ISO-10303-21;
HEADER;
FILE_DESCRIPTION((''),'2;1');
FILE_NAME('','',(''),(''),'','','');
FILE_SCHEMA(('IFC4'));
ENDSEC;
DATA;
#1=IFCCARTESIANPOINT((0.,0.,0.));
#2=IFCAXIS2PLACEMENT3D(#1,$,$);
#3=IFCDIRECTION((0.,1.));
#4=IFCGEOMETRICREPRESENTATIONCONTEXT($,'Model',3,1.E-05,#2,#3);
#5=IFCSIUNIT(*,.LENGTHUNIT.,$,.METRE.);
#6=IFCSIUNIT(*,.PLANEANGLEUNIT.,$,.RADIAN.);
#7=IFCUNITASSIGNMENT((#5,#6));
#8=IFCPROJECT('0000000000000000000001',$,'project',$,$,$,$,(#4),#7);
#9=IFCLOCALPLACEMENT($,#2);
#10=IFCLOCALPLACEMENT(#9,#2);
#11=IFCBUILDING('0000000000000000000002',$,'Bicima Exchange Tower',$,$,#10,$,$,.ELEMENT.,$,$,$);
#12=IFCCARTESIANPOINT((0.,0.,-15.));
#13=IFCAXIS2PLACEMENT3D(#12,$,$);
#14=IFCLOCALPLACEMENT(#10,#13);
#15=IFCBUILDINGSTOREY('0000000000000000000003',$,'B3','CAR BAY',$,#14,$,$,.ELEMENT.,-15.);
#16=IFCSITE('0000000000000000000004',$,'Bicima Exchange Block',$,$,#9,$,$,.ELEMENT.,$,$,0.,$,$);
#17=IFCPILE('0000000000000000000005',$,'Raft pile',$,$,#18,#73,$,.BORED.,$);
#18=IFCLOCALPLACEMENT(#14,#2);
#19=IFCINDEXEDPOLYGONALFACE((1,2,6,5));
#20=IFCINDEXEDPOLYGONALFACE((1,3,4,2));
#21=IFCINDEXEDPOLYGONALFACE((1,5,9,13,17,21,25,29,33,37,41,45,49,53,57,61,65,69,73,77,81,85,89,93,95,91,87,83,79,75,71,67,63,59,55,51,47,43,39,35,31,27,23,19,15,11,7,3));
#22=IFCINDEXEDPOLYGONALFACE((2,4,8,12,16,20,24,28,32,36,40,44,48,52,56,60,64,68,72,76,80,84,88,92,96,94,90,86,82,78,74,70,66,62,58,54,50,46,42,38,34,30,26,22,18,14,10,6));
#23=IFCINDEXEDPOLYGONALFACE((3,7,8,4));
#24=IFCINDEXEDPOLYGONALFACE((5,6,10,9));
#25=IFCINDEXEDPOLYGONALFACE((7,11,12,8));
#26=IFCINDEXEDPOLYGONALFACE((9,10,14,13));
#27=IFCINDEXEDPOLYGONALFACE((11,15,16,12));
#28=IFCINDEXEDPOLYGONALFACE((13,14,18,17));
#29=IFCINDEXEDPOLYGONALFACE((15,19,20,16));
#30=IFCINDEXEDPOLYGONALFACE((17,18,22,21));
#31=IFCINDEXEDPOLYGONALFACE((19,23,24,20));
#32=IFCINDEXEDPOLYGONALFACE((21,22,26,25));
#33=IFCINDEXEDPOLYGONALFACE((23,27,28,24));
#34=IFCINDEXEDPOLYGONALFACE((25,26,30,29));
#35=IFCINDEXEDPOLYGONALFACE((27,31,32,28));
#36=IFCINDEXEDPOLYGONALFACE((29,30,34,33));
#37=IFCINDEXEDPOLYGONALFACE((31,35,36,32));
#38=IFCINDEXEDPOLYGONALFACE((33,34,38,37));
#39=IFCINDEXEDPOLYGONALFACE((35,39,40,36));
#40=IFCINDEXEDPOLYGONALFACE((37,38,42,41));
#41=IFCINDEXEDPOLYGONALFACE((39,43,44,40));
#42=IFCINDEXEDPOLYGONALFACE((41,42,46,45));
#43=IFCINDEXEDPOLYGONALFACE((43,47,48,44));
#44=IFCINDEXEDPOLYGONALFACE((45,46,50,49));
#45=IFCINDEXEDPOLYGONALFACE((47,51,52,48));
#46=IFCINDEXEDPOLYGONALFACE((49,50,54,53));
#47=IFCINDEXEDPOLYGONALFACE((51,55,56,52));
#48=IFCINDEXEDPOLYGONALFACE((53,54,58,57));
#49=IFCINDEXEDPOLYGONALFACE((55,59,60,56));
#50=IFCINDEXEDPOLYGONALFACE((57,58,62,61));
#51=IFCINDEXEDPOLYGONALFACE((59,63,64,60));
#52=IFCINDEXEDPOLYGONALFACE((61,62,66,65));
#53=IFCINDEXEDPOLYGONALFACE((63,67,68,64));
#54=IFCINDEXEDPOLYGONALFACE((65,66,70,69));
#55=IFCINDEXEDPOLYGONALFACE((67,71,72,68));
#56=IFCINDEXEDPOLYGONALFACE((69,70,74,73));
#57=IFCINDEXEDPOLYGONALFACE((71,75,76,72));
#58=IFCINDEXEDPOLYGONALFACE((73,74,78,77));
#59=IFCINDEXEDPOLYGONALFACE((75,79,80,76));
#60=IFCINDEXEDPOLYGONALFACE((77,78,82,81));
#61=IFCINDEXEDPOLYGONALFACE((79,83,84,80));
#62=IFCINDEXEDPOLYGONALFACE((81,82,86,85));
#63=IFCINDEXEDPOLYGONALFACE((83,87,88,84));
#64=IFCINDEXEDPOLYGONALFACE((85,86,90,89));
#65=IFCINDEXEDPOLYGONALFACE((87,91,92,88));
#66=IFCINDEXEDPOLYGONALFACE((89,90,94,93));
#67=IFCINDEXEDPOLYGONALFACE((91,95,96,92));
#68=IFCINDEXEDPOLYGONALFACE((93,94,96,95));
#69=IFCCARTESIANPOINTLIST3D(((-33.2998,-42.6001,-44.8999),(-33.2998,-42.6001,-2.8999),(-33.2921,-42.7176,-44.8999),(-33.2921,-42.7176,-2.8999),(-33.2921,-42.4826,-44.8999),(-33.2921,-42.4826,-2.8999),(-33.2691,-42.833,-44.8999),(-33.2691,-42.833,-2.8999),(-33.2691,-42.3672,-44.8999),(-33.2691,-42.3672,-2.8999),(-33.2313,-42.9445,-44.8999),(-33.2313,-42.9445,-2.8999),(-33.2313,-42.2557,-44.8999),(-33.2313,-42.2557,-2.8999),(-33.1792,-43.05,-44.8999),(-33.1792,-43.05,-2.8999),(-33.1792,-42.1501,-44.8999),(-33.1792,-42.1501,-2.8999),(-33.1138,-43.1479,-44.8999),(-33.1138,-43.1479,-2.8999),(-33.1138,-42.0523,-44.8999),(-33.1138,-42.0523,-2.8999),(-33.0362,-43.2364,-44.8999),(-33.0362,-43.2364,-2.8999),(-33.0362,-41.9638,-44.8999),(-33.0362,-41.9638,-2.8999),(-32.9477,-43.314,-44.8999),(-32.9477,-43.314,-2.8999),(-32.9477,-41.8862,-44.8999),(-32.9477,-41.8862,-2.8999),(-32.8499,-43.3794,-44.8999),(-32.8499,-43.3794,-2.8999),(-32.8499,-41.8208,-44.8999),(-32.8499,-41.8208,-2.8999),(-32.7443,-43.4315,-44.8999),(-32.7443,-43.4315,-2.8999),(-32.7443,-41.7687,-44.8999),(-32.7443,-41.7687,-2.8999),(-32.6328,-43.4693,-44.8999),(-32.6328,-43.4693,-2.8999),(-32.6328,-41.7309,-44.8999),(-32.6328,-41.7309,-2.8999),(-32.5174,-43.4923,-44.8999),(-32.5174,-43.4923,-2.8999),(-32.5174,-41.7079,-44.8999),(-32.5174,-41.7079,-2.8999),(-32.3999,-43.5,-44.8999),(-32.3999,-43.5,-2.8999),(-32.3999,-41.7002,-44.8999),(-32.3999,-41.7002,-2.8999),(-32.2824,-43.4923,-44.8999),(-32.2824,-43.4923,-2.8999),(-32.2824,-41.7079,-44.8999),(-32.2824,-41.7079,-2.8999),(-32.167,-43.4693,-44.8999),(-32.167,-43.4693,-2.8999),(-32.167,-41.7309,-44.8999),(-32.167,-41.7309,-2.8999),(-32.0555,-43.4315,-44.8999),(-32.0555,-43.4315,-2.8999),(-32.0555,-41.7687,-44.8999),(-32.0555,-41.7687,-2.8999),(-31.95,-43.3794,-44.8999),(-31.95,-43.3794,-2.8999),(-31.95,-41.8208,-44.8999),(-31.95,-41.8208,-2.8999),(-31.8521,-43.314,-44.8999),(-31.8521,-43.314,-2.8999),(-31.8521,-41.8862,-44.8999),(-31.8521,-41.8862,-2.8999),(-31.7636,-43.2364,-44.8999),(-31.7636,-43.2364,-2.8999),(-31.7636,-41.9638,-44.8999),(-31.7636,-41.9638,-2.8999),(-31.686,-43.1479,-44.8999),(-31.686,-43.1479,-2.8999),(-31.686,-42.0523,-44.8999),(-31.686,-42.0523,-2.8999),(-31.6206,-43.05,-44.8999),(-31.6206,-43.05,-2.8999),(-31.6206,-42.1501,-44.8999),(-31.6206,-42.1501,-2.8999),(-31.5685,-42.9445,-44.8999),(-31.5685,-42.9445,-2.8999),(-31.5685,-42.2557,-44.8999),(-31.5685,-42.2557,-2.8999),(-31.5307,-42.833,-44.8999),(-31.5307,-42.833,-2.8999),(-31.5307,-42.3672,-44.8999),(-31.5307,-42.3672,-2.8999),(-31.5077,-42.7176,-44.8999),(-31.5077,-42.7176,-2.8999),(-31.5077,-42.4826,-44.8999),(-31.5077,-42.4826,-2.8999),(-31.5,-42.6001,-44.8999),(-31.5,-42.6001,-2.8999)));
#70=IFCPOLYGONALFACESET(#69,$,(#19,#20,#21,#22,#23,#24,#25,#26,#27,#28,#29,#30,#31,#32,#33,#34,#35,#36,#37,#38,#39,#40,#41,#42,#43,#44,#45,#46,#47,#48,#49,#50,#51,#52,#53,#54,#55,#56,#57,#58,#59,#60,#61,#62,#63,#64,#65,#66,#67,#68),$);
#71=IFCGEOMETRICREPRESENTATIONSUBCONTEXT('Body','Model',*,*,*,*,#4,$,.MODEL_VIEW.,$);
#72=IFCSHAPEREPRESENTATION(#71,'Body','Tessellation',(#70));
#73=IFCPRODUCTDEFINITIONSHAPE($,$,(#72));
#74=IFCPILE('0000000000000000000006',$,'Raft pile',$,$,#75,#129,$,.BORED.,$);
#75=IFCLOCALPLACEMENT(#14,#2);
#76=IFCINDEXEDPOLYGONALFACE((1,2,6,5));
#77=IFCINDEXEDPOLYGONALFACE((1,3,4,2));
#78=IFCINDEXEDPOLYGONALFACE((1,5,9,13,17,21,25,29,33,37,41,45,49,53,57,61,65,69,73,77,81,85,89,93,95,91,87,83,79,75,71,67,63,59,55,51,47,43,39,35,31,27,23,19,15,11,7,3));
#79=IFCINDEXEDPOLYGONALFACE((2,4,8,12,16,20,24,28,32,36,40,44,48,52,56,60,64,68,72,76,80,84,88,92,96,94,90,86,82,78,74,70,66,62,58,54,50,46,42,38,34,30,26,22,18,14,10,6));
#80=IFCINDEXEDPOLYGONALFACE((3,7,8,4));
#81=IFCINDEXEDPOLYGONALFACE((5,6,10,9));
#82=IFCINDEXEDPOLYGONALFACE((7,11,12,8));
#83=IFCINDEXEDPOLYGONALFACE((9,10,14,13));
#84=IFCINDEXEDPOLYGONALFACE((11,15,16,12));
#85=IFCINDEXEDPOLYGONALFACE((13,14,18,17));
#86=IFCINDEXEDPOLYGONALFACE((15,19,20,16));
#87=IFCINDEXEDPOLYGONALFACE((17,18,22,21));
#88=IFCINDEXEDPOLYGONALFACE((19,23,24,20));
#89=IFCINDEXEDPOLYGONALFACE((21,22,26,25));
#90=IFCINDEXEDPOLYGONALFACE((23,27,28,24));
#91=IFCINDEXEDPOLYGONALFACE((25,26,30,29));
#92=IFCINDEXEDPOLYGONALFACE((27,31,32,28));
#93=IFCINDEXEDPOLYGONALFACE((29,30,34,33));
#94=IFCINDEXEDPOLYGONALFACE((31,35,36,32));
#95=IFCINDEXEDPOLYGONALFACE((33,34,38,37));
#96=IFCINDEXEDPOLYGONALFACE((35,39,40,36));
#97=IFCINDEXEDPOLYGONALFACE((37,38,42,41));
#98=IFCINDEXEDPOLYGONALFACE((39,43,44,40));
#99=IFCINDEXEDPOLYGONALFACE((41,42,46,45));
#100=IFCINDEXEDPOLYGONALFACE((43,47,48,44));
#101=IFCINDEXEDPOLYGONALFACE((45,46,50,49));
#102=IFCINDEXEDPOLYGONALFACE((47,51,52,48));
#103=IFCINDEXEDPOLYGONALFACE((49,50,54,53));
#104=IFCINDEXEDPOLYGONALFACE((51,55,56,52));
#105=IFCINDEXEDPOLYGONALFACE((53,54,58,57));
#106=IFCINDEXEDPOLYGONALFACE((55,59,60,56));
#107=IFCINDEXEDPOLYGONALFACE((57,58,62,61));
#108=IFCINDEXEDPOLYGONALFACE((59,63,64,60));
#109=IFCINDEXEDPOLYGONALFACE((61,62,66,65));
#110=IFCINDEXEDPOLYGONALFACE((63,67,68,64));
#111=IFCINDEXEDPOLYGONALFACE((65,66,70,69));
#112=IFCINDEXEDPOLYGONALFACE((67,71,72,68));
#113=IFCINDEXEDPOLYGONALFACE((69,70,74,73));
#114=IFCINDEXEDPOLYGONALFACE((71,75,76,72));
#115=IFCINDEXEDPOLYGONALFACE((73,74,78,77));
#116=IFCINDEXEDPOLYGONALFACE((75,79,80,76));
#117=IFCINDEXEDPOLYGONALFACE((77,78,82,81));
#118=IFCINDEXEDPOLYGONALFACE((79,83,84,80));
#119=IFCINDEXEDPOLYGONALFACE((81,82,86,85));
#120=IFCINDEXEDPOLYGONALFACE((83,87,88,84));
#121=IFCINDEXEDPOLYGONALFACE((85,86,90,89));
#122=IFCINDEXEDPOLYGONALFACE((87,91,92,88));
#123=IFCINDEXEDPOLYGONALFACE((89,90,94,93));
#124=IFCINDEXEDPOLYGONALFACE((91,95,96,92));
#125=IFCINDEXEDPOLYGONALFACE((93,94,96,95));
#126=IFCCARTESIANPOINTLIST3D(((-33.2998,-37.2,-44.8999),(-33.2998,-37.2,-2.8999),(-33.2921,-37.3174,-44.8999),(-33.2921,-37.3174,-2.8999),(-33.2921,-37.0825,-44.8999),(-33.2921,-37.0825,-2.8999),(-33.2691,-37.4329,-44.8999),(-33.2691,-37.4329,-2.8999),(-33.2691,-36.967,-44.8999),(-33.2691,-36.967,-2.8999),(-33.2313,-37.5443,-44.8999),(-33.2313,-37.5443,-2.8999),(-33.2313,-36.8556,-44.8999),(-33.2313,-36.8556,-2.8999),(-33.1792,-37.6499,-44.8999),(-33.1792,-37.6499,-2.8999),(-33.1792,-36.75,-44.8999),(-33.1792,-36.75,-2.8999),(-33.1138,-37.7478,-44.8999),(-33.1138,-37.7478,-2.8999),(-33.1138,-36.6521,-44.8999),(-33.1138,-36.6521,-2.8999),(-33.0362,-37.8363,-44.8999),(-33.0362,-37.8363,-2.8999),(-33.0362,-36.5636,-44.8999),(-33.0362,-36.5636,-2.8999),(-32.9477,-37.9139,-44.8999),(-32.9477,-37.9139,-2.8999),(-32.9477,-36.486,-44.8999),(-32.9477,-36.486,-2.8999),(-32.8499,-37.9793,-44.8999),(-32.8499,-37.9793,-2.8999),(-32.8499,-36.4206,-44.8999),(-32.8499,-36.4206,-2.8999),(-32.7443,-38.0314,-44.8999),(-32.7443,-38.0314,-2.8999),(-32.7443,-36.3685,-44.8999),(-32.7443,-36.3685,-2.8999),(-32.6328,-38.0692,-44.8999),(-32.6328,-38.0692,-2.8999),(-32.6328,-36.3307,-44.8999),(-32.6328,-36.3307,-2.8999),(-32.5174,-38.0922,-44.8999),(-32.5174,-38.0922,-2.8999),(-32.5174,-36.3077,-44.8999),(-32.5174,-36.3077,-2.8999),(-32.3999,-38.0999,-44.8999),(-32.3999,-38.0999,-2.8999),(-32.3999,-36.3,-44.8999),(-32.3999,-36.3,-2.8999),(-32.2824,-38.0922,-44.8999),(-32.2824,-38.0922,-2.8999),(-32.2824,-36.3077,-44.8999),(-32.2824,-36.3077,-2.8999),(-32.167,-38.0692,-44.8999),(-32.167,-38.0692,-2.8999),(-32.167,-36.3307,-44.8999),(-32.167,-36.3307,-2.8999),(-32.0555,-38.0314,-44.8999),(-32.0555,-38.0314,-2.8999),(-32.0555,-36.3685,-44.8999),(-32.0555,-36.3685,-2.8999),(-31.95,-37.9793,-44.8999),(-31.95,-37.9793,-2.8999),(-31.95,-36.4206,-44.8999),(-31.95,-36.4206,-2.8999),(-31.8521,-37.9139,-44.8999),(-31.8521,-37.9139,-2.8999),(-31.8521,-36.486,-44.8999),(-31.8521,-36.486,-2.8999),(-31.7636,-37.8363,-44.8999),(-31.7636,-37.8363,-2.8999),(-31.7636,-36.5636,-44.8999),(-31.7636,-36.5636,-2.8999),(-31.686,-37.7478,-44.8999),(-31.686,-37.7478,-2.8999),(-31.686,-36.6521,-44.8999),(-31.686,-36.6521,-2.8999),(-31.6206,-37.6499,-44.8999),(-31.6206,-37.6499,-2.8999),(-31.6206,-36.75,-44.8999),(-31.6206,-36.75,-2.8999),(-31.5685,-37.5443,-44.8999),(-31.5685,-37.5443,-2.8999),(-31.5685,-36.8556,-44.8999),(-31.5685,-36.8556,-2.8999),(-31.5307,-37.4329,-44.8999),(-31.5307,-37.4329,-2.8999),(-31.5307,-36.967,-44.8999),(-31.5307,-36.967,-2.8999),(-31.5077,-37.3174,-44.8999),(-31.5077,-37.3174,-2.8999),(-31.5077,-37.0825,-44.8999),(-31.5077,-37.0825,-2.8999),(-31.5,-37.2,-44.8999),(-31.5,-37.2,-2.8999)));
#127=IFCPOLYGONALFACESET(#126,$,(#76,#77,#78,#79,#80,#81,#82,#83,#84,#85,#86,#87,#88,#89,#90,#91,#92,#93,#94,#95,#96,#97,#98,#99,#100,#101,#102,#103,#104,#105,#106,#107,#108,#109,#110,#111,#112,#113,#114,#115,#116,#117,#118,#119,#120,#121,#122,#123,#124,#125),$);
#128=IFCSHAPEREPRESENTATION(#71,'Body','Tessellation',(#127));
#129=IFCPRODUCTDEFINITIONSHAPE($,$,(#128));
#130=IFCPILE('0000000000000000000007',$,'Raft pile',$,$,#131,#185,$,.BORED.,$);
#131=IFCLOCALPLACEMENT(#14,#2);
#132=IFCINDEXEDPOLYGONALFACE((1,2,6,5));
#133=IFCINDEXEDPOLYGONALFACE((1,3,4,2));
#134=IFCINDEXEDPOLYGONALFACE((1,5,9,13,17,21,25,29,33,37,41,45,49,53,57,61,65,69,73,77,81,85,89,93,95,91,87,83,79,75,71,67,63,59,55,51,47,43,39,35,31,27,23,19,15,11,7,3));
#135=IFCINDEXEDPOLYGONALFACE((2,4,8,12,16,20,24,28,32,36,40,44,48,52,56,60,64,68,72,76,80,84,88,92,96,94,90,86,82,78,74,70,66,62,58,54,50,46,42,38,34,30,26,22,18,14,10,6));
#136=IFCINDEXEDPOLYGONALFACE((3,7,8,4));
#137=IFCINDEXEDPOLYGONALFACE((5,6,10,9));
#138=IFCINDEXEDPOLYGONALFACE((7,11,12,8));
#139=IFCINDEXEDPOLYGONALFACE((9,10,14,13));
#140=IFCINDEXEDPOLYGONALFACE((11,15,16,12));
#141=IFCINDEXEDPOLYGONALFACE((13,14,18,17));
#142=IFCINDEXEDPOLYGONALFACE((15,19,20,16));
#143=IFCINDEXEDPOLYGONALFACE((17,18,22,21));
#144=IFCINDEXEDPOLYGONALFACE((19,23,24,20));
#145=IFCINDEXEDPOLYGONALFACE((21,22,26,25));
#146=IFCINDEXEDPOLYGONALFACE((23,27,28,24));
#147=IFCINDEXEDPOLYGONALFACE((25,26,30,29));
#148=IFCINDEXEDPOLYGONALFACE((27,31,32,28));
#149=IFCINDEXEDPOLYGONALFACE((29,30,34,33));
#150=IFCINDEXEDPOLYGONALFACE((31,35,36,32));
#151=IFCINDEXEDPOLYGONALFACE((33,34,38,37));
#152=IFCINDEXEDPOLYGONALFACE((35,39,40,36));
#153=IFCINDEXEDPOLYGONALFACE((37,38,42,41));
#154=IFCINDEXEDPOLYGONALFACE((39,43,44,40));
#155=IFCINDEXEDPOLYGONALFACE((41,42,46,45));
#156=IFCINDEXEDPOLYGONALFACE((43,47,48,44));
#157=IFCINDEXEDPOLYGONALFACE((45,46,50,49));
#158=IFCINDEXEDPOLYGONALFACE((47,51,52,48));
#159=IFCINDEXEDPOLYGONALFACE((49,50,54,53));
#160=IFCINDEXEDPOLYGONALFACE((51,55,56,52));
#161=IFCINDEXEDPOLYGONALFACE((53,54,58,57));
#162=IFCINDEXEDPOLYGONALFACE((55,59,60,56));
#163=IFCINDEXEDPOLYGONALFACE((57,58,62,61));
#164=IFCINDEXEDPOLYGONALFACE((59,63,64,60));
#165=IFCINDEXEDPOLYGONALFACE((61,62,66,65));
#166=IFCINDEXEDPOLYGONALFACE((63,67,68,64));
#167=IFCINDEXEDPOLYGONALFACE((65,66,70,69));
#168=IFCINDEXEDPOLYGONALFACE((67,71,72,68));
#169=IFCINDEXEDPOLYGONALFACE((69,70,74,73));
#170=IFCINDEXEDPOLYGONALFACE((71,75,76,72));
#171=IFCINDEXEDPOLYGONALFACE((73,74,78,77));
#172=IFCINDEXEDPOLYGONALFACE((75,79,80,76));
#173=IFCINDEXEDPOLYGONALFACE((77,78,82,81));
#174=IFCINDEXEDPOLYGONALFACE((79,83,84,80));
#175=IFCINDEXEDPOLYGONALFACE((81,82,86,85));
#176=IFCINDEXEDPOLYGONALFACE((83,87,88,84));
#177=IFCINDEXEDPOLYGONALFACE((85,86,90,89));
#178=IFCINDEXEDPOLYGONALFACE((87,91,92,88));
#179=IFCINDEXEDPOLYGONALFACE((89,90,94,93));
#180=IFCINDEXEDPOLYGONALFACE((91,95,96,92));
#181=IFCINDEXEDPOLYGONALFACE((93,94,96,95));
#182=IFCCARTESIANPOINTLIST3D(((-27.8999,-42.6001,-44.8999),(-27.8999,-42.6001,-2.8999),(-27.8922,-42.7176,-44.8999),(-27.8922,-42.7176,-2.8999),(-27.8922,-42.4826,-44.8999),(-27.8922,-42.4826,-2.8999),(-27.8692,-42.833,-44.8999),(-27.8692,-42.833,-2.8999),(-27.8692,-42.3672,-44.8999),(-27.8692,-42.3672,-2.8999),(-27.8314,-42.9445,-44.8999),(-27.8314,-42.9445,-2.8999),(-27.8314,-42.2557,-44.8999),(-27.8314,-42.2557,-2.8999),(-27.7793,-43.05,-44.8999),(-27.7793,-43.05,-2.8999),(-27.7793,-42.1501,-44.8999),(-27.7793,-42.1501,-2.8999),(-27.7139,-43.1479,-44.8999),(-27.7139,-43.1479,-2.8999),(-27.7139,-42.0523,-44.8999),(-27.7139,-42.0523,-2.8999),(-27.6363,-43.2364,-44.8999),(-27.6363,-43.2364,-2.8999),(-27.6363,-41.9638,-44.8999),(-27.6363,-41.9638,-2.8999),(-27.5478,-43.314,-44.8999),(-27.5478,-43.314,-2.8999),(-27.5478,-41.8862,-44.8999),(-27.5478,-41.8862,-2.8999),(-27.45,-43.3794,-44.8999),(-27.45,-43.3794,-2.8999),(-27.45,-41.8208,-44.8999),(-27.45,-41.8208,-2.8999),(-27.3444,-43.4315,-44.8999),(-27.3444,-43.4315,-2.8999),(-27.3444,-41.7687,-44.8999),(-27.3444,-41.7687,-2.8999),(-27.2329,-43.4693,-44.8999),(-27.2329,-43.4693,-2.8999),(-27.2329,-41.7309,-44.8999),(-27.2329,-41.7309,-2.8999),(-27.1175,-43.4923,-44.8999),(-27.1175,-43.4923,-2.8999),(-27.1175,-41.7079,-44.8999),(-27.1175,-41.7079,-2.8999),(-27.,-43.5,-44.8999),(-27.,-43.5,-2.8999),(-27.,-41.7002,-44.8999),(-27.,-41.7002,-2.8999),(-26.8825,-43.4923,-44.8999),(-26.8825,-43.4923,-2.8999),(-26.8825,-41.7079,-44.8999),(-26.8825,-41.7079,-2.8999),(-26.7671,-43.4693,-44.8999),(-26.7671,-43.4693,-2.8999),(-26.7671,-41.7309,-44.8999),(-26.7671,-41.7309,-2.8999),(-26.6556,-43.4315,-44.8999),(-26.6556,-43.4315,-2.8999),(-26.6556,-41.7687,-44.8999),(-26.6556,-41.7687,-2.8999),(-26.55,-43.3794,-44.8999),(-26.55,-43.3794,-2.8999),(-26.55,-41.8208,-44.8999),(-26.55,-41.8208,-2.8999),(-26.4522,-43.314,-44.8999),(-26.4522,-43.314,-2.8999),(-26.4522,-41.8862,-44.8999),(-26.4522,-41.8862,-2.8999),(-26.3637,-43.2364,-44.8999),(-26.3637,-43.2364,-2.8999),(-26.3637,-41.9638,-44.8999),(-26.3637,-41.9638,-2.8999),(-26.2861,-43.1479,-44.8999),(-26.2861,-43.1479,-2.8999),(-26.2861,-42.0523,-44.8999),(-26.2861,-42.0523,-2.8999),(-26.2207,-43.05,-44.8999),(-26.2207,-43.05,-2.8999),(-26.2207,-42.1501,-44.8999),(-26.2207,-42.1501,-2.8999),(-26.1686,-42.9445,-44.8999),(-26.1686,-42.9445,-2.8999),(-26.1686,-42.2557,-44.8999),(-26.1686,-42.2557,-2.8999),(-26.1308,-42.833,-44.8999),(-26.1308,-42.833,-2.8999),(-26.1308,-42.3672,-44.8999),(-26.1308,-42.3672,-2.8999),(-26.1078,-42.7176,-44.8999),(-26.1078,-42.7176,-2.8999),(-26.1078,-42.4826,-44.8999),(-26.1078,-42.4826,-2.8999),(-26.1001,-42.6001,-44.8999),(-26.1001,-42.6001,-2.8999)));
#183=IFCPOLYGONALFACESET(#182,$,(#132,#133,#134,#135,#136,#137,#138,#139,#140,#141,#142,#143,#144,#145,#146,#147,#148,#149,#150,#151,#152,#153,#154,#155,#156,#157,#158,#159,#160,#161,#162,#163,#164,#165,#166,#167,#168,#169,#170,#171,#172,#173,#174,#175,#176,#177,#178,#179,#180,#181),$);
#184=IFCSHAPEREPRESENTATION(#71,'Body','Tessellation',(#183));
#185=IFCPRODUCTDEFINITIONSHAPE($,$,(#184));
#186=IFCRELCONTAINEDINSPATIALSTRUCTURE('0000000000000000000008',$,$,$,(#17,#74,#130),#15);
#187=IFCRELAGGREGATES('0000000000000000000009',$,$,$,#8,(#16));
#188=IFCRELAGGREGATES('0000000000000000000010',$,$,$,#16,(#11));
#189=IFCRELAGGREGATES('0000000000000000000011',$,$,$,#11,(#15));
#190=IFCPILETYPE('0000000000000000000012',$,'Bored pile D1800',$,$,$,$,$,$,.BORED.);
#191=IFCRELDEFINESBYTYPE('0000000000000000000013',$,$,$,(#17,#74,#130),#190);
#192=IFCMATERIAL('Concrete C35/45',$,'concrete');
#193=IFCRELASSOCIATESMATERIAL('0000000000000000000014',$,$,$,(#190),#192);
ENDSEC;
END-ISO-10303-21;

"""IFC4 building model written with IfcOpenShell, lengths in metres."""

from ifc_helpers import new_model, si_unit, direction, frame, origin, origin_2d, place, context, subcontext, project, spatial, circle, extrude, material, material_profile, profile_set, type_object, element, save


model = new_model("IFC4")

# Units and contexts
model_context = context("Model", 3, precision=1e-05, world=origin(), true_north=direction((0.0, 1.0)))
body_context = subcontext(model_context, "Body", "Model", "MODEL_VIEW")
ifc_project = project(units=[si_unit("LENGTHUNIT", "METRE"), si_unit("PLANEANGLEUNIT", "RADIAN")], contexts=[model_context])

# Site, building, storey
site_placement = place(None, origin())
site = spatial("IfcSite", under=ifc_project, at=site_placement, Name="Bicima Exchange Block", CompositionType="ELEMENT", RefElevation=0.0)
building_placement = place(site_placement, origin())
building = spatial("IfcBuilding", under=site, at=building_placement, Name="Bicima Exchange Tower", CompositionType="ELEMENT")
storey_placement = place(building_placement, frame((0.0, 0.0, -15.0)))
storey = spatial("IfcBuildingStorey", under=building, at=storey_placement, Name="B3", Description="CAR BAY", CompositionType="ELEMENT", Elevation=-15.0)

# Piles
ifc_material_1 = material(Name="Concrete C35/45", Category="concrete")
ifc_material_profile_1 = material_profile(ifc_material_1, circle(Radius=0.8999, at=origin_2d()))
ifc_profile_set_1 = profile_set([ifc_material_profile_1], Name="Concrete C35/45")
pile_type = type_object("IfcPileType", Name="Bored pile D1800", PredefinedType="BORED", material=ifc_profile_set_1)
for number, where, z_axis, x_axis, name in (
    (1, (-32.3999, -42.6001, -2.8999), (0.0, 0.0, -1.0), (1.0, 0.0, 0.0), "Raft pile"),
    (2, (-32.3999, -37.2, -2.8999), (0.0, 0.0, -1.0), (1.0, 0.0, 0.0), "Raft pile"),
    (3, (-27.0, -42.6001, -2.8999), (0.0, 0.0, -1.0), (1.0, 0.0, 0.0), "Raft pile"),
):
    element("IfcPile", number, at=place(storey_placement, frame(where, z_axis=z_axis, x_axis=x_axis)), inside=storey, type_object=pile_type, Name=name, PredefinedType="BORED", context=body_context, shape_type="SweptSolid", body=[
        extrude(circle(Radius=0.8999, at=origin_2d()), origin(), (0.0, 0.0, 1.0), 42.0),
    ])

save(model, "model.ifc")
